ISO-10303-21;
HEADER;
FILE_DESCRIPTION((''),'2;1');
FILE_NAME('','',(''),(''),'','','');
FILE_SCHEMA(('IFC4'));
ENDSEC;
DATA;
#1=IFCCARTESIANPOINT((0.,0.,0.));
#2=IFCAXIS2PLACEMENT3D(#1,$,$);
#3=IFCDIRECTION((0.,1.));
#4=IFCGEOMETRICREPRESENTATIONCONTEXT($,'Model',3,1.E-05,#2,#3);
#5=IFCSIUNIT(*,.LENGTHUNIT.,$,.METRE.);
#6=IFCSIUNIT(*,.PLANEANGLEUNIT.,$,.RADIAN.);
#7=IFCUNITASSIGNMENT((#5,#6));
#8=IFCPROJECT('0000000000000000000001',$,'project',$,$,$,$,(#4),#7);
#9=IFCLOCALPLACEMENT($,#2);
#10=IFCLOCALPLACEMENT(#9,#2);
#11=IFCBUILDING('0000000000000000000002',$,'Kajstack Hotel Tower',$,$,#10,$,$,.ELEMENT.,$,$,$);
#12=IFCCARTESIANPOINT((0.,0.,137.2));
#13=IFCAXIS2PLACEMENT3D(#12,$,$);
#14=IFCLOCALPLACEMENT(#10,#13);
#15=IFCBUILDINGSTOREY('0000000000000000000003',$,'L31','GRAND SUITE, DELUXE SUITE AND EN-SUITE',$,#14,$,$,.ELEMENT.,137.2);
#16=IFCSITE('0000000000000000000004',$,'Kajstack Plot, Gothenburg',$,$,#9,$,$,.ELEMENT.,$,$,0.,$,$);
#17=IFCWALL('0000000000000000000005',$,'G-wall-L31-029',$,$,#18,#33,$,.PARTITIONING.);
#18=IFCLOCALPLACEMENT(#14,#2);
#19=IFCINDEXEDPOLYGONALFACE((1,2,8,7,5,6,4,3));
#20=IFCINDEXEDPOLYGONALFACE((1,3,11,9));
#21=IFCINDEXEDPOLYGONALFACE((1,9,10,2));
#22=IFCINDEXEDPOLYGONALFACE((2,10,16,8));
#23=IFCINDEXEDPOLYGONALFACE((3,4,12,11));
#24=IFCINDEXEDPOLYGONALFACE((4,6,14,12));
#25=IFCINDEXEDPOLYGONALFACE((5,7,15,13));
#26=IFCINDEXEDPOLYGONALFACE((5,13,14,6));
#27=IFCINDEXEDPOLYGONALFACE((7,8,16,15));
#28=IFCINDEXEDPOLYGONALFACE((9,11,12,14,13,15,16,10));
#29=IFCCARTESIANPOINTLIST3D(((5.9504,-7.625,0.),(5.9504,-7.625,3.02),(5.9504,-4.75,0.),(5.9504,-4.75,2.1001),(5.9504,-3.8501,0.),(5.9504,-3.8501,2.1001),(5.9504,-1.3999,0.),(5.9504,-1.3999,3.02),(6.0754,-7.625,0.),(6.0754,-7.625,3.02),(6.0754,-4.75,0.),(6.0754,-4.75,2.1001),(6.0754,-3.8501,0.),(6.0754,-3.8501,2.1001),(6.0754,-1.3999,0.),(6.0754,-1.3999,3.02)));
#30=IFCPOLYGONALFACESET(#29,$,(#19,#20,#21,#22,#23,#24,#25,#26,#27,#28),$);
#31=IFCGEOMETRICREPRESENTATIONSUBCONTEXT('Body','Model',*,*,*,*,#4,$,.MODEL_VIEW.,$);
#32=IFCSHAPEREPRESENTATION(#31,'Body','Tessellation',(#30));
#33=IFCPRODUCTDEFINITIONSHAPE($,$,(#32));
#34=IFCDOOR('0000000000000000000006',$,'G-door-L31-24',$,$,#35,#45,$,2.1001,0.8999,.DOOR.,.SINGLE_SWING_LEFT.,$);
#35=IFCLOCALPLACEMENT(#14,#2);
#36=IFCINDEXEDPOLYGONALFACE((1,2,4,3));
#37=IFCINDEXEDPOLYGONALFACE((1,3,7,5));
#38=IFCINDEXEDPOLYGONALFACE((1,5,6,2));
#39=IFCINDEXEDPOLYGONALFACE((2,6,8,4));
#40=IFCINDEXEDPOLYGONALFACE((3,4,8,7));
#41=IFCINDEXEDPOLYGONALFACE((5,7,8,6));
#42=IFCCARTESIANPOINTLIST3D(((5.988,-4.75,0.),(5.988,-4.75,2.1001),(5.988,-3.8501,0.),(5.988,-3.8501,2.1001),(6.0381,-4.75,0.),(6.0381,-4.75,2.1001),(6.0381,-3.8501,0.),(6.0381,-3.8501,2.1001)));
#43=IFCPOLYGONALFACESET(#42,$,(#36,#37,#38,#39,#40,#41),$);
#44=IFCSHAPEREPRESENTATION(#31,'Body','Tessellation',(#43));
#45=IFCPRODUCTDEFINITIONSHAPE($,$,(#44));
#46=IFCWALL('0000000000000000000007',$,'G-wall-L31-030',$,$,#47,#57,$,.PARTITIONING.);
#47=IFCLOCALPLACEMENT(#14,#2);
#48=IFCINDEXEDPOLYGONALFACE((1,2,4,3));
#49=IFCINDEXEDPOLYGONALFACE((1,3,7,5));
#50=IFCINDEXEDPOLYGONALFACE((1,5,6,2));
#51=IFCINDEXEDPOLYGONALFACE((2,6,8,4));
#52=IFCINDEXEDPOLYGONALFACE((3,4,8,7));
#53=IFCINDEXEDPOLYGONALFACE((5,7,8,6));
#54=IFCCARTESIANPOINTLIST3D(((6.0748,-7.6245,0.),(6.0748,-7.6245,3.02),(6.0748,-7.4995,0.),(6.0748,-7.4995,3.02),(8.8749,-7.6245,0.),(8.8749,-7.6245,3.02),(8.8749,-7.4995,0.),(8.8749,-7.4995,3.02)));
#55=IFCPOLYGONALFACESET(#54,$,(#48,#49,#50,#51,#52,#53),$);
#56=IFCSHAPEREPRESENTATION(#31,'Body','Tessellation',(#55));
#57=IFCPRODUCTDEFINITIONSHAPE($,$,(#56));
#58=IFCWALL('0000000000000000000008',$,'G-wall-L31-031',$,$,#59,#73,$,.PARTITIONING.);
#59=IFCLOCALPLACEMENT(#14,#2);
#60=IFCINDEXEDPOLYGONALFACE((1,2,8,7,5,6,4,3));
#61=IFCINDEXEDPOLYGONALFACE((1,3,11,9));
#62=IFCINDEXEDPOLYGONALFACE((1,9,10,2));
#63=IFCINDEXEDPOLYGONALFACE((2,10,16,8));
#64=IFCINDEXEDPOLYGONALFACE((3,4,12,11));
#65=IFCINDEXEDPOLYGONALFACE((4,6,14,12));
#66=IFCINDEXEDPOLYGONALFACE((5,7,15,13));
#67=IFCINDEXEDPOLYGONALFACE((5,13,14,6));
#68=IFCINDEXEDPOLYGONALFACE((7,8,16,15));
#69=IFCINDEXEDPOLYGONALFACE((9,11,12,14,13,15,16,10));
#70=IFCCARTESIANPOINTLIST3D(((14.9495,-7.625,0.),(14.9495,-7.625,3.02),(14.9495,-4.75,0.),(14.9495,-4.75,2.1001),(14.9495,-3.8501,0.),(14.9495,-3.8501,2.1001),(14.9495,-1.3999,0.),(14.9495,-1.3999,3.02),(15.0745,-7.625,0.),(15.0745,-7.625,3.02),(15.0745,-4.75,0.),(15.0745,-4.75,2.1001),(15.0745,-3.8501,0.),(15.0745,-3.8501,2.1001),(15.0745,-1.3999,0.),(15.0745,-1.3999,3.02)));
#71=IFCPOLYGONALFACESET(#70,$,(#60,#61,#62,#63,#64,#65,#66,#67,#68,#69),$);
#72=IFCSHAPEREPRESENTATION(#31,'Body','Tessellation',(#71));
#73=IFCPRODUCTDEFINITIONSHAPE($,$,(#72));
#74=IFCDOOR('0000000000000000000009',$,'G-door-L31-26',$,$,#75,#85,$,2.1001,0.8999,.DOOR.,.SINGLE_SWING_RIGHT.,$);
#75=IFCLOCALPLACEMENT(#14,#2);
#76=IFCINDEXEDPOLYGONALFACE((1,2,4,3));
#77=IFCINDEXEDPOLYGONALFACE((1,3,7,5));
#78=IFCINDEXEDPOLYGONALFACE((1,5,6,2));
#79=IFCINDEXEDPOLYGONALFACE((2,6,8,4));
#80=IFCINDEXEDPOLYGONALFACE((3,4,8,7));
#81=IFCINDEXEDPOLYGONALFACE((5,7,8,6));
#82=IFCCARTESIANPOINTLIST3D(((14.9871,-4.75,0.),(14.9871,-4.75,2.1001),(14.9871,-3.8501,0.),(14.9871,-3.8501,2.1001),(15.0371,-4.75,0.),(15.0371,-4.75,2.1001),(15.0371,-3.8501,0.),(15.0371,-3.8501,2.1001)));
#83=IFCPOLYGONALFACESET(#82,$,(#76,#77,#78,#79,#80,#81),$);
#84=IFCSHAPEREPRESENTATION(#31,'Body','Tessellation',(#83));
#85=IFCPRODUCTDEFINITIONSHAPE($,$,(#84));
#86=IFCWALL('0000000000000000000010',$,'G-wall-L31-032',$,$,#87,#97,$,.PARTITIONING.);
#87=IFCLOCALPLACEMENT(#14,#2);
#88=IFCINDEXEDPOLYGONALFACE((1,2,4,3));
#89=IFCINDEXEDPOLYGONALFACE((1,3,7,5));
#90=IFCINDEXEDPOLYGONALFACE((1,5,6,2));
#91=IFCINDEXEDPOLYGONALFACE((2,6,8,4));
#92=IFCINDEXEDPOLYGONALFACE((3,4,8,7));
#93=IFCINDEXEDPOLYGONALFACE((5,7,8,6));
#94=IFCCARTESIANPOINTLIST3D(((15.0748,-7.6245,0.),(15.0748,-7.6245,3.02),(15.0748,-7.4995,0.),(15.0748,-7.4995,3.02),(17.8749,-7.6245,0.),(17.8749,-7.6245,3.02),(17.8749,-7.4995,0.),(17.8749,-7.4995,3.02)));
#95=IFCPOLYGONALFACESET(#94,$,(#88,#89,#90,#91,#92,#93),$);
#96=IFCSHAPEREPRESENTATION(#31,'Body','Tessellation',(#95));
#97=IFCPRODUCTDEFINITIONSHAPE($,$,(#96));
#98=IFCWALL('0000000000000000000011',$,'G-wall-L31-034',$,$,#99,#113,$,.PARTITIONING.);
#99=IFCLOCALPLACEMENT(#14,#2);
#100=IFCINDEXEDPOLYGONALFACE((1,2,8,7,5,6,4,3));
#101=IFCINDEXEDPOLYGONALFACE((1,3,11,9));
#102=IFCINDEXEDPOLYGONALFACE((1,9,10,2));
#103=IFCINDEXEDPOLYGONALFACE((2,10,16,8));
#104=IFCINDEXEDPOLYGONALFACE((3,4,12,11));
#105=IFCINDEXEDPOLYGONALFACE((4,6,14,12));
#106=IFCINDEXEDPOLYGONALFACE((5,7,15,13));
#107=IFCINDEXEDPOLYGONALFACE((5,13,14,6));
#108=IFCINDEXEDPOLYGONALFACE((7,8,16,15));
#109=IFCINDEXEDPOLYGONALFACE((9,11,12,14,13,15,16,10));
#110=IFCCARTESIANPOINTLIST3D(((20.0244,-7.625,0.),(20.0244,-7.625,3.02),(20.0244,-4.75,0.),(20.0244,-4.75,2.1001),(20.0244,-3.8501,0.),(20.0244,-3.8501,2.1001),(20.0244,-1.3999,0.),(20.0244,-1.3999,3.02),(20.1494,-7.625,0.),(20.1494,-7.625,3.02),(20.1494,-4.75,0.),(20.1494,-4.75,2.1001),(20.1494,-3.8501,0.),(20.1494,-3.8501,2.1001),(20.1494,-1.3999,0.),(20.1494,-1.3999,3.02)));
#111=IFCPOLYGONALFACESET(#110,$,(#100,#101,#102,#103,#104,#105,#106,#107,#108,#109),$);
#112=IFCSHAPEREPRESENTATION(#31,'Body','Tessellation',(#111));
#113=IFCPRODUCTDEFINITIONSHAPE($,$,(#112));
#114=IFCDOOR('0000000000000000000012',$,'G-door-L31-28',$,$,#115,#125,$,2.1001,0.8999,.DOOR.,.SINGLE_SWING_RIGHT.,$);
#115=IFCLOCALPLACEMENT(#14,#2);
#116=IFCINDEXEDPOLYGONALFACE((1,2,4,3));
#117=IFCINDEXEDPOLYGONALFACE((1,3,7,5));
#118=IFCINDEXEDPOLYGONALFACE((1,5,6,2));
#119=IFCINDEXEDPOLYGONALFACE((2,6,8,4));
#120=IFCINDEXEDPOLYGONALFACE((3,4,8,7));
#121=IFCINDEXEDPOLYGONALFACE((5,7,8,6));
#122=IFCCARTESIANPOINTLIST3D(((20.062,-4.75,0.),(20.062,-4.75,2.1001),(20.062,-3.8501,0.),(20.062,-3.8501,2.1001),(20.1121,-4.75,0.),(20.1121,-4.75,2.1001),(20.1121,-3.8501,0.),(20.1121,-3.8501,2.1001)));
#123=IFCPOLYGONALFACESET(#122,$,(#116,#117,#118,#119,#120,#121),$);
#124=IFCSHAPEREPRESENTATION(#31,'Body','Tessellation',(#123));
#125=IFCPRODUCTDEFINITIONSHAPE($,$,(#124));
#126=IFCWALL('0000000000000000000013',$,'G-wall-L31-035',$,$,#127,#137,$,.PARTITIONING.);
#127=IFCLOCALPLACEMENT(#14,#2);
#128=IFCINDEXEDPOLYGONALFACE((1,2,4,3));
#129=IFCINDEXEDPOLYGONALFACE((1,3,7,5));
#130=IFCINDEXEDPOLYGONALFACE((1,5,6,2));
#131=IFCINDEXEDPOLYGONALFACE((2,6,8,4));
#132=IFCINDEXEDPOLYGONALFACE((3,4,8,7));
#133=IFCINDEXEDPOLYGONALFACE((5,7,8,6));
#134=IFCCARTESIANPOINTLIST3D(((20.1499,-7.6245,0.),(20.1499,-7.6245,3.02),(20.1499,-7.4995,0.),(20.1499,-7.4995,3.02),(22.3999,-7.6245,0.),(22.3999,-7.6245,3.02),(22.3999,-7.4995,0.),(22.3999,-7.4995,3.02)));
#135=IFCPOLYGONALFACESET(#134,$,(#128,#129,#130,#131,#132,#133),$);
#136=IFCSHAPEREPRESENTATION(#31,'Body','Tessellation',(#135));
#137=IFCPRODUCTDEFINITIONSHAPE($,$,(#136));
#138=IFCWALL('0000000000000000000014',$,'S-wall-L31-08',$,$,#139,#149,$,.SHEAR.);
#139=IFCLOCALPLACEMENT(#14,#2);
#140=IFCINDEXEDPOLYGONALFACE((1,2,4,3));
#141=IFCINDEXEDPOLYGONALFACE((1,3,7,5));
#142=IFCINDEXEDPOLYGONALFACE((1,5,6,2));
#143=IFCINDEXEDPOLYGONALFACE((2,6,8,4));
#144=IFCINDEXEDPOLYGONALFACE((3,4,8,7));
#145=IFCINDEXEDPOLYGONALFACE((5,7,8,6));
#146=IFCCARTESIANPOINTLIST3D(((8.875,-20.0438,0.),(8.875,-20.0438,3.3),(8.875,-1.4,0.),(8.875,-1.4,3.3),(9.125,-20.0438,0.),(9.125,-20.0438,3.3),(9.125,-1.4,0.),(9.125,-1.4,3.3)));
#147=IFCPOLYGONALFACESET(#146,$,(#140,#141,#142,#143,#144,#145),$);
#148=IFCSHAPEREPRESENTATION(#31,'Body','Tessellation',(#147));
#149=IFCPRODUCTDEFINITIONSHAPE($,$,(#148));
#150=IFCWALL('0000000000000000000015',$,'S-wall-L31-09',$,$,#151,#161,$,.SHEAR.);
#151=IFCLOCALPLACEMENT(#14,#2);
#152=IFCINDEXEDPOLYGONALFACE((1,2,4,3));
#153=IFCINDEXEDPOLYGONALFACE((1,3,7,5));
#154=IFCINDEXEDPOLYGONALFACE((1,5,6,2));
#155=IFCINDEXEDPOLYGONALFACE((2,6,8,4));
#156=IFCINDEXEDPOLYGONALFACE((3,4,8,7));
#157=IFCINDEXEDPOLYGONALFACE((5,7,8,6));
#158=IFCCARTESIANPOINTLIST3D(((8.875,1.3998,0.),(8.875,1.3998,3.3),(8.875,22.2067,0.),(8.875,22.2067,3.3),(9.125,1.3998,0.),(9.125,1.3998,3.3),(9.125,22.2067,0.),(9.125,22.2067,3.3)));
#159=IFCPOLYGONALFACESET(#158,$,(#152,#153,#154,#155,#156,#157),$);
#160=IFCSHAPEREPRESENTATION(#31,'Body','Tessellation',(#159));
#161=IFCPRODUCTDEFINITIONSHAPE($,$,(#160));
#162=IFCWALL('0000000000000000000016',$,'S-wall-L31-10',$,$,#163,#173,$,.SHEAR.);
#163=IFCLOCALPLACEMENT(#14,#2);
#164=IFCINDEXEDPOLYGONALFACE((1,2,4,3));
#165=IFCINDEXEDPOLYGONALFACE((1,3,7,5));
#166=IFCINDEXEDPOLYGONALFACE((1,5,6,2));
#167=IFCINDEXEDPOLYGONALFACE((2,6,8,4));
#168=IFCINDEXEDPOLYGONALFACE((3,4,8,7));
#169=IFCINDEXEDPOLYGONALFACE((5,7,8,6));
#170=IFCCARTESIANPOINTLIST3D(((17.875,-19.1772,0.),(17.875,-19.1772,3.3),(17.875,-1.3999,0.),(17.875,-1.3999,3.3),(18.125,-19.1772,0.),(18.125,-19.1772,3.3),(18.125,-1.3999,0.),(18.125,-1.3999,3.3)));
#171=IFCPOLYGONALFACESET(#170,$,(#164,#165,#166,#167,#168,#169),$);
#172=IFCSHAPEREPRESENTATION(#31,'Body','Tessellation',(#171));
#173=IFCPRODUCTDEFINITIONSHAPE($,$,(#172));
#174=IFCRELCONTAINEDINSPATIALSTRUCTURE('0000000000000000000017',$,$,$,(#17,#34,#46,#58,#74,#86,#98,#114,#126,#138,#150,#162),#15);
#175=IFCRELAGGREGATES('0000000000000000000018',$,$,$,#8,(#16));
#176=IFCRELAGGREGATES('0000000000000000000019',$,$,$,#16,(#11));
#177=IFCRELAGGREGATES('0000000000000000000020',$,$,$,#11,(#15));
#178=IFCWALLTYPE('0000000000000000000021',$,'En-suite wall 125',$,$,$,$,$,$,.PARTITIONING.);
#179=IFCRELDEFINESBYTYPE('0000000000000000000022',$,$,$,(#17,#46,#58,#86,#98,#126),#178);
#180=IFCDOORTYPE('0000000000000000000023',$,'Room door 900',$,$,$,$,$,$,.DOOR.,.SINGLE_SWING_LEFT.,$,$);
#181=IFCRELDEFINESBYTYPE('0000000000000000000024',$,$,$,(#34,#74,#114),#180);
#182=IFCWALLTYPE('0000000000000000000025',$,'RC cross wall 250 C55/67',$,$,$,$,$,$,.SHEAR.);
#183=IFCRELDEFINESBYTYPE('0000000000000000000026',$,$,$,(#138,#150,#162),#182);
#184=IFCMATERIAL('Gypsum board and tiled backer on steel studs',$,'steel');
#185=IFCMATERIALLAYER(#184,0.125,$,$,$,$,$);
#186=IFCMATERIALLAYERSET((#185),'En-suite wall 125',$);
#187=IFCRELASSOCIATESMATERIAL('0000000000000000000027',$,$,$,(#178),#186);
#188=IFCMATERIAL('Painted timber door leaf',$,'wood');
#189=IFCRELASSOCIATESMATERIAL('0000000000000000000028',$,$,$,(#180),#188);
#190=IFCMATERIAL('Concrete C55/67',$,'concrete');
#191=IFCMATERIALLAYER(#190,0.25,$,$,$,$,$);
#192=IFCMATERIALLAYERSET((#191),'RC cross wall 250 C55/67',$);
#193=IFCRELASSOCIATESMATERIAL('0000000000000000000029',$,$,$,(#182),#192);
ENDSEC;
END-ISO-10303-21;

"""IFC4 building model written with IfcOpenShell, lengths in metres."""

from ifc_helpers import new_model, si_unit, direction, frame, frame_2d, origin, place, context, subcontext, project, spatial, rectangle, extrude, material, layer, layer_set, type_object, element, fill, save


model = new_model("IFC4")

# Units and contexts
model_context = context("Model", 3, precision=1e-05, world=origin(), true_north=direction((0.0, 1.0)))
body_context = subcontext(model_context, "Body", "Model", "MODEL_VIEW")
ifc_project = project(units=[si_unit("LENGTHUNIT", "METRE"), si_unit("PLANEANGLEUNIT", "RADIAN")], contexts=[model_context])

# Site, building, storey
site_placement = place(None, origin())
site = spatial("IfcSite", under=ifc_project, at=site_placement, Name="Kajstack Plot, Gothenburg", CompositionType="ELEMENT", RefElevation=0.0)
building_placement = place(site_placement, origin())
building = spatial("IfcBuilding", under=site, at=building_placement, Name="Kajstack Hotel Tower", CompositionType="ELEMENT")
storey_placement = place(building_placement, frame((0.0, 0.0, 137.2)))
storey = spatial("IfcBuildingStorey", under=building, at=storey_placement, Name="L31", Description="GRAND SUITE, DELUXE SUITE AND EN-SUITE", CompositionType="ELEMENT", Elevation=137.2)

# Wall, opening, door
ifc_material_1 = material(Name="Gypsum board and tiled backer on steel studs", Category="steel")
ifc_layer_1 = layer(ifc_material_1, 0.125)
ifc_layer_set_1 = layer_set([ifc_layer_1], Name="En-suite wall 125")
wall_type_1 = type_object("IfcWallType", Name="En-suite wall 125", PredefinedType="PARTITIONING", material=ifc_layer_set_1)
ifc_material_2 = material(Name="Painted timber door leaf", Category="wood")
door_type_1 = type_object("IfcDoorType", Name="Room door 900", OperationType="SINGLE_SWING_LEFT", PredefinedType="DOOR", material=ifc_material_2)
wall_1_placement = place(storey_placement, frame((6.0129, -7.625, 0.0), z_axis=(0.0, 0.0, 1.0), x_axis=(0.0, 1.0, 0.0)))
wall_1 = element("IfcWall", 1, at=wall_1_placement, inside=storey, type_object=wall_type_1, Name="G-wall-L31-029", PredefinedType="PARTITIONING", context=body_context, shape_type="SweptSolid", body=[
    extrude(rectangle(XDim=6.2251, YDim=0.125, at=frame_2d((3.1125, 0.0))), origin(), (0.0, 0.0, 1.0), 3.02),
])
opening_1_placement = place(wall_1_placement, frame((2.875, 0.0, 0.0)))
opening_1 = element("IfcOpeningElement", 2, at=opening_1_placement, cuts=wall_1, PredefinedType="OPENING", context=body_context, shape_type="SweptSolid", body=[
    extrude(rectangle(XDim=0.8999, YDim=2.1001, at=frame_2d((0.45, 1.05))), frame((0.0, 0.0725, 0.0), z_axis=(0.0, -1.0, 0.0), x_axis=(1.0, 0.0, 0.0)), (0.0, 0.0, 1.0), 0.145),
])
door_1_placement = place(opening_1_placement, origin())
door_1 = element("IfcDoor", 3, at=door_1_placement, inside=storey, type_object=door_type_1, Name="G-door-L31-24", OperationType="SINGLE_SWING_LEFT", OverallHeight=2.1001, OverallWidth=0.8999, PredefinedType="DOOR", context=body_context, shape_type="SweptSolid", body=[
    extrude(rectangle(XDim=0.8999, YDim=2.1001, at=frame_2d((0.45, 1.05))), frame((0.0, 0.0249, 0.0), z_axis=(0.0, -1.0, 0.0), x_axis=(1.0, 0.0, 0.0)), (0.0, 0.0, 1.0), 0.05),
])
fill(opening_1, door_1)

# Wall
wall_2_placement = place(storey_placement, frame((6.075, -7.562, 0.0), z_axis=(0.0, 0.0, 1.0), x_axis=(1.0, 0.0, 0.0)))
element("IfcWall", 4, at=wall_2_placement, inside=storey, type_object=wall_type_1, Name="G-wall-L31-030", PredefinedType="PARTITIONING", context=body_context, shape_type="SweptSolid", body=[
    extrude(rectangle(XDim=2.8, YDim=0.125, at=frame_2d((1.3999, 0.0))), origin(), (0.0, 0.0, 1.0), 3.02),
])

# Wall, opening, door
wall_3_placement = place(storey_placement, frame((15.012, -7.625, 0.0), z_axis=(0.0, 0.0, 1.0), x_axis=(0.0, 1.0, 0.0)))
wall_3 = element("IfcWall", 5, at=wall_3_placement, inside=storey, type_object=wall_type_1, Name="G-wall-L31-031", PredefinedType="PARTITIONING", context=body_context, shape_type="SweptSolid", body=[
    extrude(rectangle(XDim=6.2251, YDim=0.125, at=frame_2d((3.1125, 0.0))), origin(), (0.0, 0.0, 1.0), 3.02),
])
opening_2_placement = place(wall_3_placement, frame((2.875, 0.0, 0.0)))
opening_2 = element("IfcOpeningElement", 6, at=opening_2_placement, cuts=wall_3, PredefinedType="OPENING", context=body_context, shape_type="SweptSolid", body=[
    extrude(rectangle(XDim=0.8999, YDim=2.1001, at=frame_2d((0.45, 1.05))), frame((0.0, 0.0725, 0.0), z_axis=(0.0, -1.0, 0.0), x_axis=(1.0, 0.0, 0.0)), (0.0, 0.0, 1.0), 0.145),
])
door_2_placement = place(opening_2_placement, origin())
door_2 = element("IfcDoor", 7, at=door_2_placement, inside=storey, type_object=door_type_1, Name="G-door-L31-26", OperationType="SINGLE_SWING_RIGHT", OverallHeight=2.1001, OverallWidth=0.8999, PredefinedType="DOOR", context=body_context, shape_type="SweptSolid", body=[
    extrude(rectangle(XDim=0.8999, YDim=2.1001, at=frame_2d((0.45, 1.05))), frame((0.0, 0.0249, 0.0), z_axis=(0.0, -1.0, 0.0), x_axis=(1.0, 0.0, 0.0)), (0.0, 0.0, 1.0), 0.05),
])
fill(opening_2, door_2)

# Wall
wall_4_placement = place(storey_placement, frame((15.075, -7.562, 0.0), z_axis=(0.0, 0.0, 1.0), x_axis=(1.0, 0.0, 0.0)))
element("IfcWall", 8, at=wall_4_placement, inside=storey, type_object=wall_type_1, Name="G-wall-L31-032", PredefinedType="PARTITIONING", context=body_context, shape_type="SweptSolid", body=[
    extrude(rectangle(XDim=2.8, YDim=0.125, at=frame_2d((1.3999, 0.0))), origin(), (0.0, 0.0, 1.0), 3.02),
])

# Wall, opening, door
wall_5_placement = place(storey_placement, frame((20.0869, -7.625, 0.0), z_axis=(0.0, 0.0, 1.0), x_axis=(0.0, 1.0, 0.0)))
wall_5 = element("IfcWall", 9, at=wall_5_placement, inside=storey, type_object=wall_type_1, Name="G-wall-L31-034", PredefinedType="PARTITIONING", context=body_context, shape_type="SweptSolid", body=[
    extrude(rectangle(XDim=6.2251, YDim=0.125, at=frame_2d((3.1125, 0.0))), origin(), (0.0, 0.0, 1.0), 3.02),
])
opening_3_placement = place(wall_5_placement, frame((2.875, 0.0, 0.0)))
opening_3 = element("IfcOpeningElement", 10, at=opening_3_placement, cuts=wall_5, PredefinedType="OPENING", context=body_context, shape_type="SweptSolid", body=[
    extrude(rectangle(XDim=0.8999, YDim=2.1001, at=frame_2d((0.45, 1.05))), frame((0.0, 0.0725, 0.0), z_axis=(0.0, -1.0, 0.0), x_axis=(1.0, 0.0, 0.0)), (0.0, 0.0, 1.0), 0.145),
])
door_3_placement = place(opening_3_placement, origin())
door_3 = element("IfcDoor", 11, at=door_3_placement, inside=storey, type_object=door_type_1, Name="G-door-L31-28", OperationType="SINGLE_SWING_RIGHT", OverallHeight=2.1001, OverallWidth=0.8999, PredefinedType="DOOR", context=body_context, shape_type="SweptSolid", body=[
    extrude(rectangle(XDim=0.8999, YDim=2.1001, at=frame_2d((0.45, 1.05))), frame((0.0, 0.0249, 0.0), z_axis=(0.0, -1.0, 0.0), x_axis=(1.0, 0.0, 0.0)), (0.0, 0.0, 1.0), 0.05),
])
fill(opening_3, door_3)

# Walls
wall_6_placement = place(storey_placement, frame((20.1499, -7.562, 0.0), z_axis=(0.0, 0.0, 1.0), x_axis=(1.0, 0.0, 0.0)))
element("IfcWall", 12, at=wall_6_placement, inside=storey, type_object=wall_type_1, Name="G-wall-L31-035", PredefinedType="PARTITIONING", context=body_context, shape_type="SweptSolid", body=[
    extrude(rectangle(XDim=2.25, YDim=0.125, at=frame_2d((1.125, 0.0))), origin(), (0.0, 0.0, 1.0), 3.02),
])
ifc_material_3 = material(Name="Concrete C55/67", Category="concrete")
ifc_layer_2 = layer(ifc_material_3, 0.25)
ifc_layer_set_2 = layer_set([ifc_layer_2], Name="RC cross wall 250 C55/67")
wall_type_2 = type_object("IfcWallType", Name="RC cross wall 250 C55/67", PredefinedType="SHEAR", material=ifc_layer_set_2)
wall_7_placement = place(storey_placement, frame((9.0, -20.0437, 0.0), z_axis=(0.0, 0.0, 1.0), x_axis=(0.0, 1.0, 0.0)))
element("IfcWall", 13, at=wall_7_placement, inside=storey, type_object=wall_type_2, Name="S-wall-L31-08", PredefinedType="SHEAR", context=body_context, shape_type="SweptSolid", body=[
    extrude(rectangle(XDim=18.6438, YDim=0.25, at=frame_2d((9.3218, 0.0))), origin(), (0.0, 0.0, 1.0), 3.3),
])
wall_8_placement = place(storey_placement, frame((9.0, 1.3999, 0.0), z_axis=(0.0, 0.0, 1.0), x_axis=(0.0, 1.0, 0.0)))
element("IfcWall", 14, at=wall_8_placement, inside=storey, type_object=wall_type_2, Name="S-wall-L31-09", PredefinedType="SHEAR", context=body_context, shape_type="SweptSolid", body=[
    extrude(rectangle(XDim=20.8069, YDim=0.25, at=frame_2d((10.4033, 0.0))), origin(), (0.0, 0.0, 1.0), 3.3),
])
wall_9_placement = place(storey_placement, frame((18.0, -19.1772, 0.0), z_axis=(0.0, 0.0, 1.0), x_axis=(0.0, 1.0, 0.0)))
element("IfcWall", 15, at=wall_9_placement, inside=storey, type_object=wall_type_2, Name="S-wall-L31-10", PredefinedType="SHEAR", context=body_context, shape_type="SweptSolid", body=[
    extrude(rectangle(XDim=17.7773, YDim=0.25, at=frame_2d((8.8887, 0.0))), origin(), (0.0, 0.0, 1.0), 3.3),
])

save(model, "model.ifc")
